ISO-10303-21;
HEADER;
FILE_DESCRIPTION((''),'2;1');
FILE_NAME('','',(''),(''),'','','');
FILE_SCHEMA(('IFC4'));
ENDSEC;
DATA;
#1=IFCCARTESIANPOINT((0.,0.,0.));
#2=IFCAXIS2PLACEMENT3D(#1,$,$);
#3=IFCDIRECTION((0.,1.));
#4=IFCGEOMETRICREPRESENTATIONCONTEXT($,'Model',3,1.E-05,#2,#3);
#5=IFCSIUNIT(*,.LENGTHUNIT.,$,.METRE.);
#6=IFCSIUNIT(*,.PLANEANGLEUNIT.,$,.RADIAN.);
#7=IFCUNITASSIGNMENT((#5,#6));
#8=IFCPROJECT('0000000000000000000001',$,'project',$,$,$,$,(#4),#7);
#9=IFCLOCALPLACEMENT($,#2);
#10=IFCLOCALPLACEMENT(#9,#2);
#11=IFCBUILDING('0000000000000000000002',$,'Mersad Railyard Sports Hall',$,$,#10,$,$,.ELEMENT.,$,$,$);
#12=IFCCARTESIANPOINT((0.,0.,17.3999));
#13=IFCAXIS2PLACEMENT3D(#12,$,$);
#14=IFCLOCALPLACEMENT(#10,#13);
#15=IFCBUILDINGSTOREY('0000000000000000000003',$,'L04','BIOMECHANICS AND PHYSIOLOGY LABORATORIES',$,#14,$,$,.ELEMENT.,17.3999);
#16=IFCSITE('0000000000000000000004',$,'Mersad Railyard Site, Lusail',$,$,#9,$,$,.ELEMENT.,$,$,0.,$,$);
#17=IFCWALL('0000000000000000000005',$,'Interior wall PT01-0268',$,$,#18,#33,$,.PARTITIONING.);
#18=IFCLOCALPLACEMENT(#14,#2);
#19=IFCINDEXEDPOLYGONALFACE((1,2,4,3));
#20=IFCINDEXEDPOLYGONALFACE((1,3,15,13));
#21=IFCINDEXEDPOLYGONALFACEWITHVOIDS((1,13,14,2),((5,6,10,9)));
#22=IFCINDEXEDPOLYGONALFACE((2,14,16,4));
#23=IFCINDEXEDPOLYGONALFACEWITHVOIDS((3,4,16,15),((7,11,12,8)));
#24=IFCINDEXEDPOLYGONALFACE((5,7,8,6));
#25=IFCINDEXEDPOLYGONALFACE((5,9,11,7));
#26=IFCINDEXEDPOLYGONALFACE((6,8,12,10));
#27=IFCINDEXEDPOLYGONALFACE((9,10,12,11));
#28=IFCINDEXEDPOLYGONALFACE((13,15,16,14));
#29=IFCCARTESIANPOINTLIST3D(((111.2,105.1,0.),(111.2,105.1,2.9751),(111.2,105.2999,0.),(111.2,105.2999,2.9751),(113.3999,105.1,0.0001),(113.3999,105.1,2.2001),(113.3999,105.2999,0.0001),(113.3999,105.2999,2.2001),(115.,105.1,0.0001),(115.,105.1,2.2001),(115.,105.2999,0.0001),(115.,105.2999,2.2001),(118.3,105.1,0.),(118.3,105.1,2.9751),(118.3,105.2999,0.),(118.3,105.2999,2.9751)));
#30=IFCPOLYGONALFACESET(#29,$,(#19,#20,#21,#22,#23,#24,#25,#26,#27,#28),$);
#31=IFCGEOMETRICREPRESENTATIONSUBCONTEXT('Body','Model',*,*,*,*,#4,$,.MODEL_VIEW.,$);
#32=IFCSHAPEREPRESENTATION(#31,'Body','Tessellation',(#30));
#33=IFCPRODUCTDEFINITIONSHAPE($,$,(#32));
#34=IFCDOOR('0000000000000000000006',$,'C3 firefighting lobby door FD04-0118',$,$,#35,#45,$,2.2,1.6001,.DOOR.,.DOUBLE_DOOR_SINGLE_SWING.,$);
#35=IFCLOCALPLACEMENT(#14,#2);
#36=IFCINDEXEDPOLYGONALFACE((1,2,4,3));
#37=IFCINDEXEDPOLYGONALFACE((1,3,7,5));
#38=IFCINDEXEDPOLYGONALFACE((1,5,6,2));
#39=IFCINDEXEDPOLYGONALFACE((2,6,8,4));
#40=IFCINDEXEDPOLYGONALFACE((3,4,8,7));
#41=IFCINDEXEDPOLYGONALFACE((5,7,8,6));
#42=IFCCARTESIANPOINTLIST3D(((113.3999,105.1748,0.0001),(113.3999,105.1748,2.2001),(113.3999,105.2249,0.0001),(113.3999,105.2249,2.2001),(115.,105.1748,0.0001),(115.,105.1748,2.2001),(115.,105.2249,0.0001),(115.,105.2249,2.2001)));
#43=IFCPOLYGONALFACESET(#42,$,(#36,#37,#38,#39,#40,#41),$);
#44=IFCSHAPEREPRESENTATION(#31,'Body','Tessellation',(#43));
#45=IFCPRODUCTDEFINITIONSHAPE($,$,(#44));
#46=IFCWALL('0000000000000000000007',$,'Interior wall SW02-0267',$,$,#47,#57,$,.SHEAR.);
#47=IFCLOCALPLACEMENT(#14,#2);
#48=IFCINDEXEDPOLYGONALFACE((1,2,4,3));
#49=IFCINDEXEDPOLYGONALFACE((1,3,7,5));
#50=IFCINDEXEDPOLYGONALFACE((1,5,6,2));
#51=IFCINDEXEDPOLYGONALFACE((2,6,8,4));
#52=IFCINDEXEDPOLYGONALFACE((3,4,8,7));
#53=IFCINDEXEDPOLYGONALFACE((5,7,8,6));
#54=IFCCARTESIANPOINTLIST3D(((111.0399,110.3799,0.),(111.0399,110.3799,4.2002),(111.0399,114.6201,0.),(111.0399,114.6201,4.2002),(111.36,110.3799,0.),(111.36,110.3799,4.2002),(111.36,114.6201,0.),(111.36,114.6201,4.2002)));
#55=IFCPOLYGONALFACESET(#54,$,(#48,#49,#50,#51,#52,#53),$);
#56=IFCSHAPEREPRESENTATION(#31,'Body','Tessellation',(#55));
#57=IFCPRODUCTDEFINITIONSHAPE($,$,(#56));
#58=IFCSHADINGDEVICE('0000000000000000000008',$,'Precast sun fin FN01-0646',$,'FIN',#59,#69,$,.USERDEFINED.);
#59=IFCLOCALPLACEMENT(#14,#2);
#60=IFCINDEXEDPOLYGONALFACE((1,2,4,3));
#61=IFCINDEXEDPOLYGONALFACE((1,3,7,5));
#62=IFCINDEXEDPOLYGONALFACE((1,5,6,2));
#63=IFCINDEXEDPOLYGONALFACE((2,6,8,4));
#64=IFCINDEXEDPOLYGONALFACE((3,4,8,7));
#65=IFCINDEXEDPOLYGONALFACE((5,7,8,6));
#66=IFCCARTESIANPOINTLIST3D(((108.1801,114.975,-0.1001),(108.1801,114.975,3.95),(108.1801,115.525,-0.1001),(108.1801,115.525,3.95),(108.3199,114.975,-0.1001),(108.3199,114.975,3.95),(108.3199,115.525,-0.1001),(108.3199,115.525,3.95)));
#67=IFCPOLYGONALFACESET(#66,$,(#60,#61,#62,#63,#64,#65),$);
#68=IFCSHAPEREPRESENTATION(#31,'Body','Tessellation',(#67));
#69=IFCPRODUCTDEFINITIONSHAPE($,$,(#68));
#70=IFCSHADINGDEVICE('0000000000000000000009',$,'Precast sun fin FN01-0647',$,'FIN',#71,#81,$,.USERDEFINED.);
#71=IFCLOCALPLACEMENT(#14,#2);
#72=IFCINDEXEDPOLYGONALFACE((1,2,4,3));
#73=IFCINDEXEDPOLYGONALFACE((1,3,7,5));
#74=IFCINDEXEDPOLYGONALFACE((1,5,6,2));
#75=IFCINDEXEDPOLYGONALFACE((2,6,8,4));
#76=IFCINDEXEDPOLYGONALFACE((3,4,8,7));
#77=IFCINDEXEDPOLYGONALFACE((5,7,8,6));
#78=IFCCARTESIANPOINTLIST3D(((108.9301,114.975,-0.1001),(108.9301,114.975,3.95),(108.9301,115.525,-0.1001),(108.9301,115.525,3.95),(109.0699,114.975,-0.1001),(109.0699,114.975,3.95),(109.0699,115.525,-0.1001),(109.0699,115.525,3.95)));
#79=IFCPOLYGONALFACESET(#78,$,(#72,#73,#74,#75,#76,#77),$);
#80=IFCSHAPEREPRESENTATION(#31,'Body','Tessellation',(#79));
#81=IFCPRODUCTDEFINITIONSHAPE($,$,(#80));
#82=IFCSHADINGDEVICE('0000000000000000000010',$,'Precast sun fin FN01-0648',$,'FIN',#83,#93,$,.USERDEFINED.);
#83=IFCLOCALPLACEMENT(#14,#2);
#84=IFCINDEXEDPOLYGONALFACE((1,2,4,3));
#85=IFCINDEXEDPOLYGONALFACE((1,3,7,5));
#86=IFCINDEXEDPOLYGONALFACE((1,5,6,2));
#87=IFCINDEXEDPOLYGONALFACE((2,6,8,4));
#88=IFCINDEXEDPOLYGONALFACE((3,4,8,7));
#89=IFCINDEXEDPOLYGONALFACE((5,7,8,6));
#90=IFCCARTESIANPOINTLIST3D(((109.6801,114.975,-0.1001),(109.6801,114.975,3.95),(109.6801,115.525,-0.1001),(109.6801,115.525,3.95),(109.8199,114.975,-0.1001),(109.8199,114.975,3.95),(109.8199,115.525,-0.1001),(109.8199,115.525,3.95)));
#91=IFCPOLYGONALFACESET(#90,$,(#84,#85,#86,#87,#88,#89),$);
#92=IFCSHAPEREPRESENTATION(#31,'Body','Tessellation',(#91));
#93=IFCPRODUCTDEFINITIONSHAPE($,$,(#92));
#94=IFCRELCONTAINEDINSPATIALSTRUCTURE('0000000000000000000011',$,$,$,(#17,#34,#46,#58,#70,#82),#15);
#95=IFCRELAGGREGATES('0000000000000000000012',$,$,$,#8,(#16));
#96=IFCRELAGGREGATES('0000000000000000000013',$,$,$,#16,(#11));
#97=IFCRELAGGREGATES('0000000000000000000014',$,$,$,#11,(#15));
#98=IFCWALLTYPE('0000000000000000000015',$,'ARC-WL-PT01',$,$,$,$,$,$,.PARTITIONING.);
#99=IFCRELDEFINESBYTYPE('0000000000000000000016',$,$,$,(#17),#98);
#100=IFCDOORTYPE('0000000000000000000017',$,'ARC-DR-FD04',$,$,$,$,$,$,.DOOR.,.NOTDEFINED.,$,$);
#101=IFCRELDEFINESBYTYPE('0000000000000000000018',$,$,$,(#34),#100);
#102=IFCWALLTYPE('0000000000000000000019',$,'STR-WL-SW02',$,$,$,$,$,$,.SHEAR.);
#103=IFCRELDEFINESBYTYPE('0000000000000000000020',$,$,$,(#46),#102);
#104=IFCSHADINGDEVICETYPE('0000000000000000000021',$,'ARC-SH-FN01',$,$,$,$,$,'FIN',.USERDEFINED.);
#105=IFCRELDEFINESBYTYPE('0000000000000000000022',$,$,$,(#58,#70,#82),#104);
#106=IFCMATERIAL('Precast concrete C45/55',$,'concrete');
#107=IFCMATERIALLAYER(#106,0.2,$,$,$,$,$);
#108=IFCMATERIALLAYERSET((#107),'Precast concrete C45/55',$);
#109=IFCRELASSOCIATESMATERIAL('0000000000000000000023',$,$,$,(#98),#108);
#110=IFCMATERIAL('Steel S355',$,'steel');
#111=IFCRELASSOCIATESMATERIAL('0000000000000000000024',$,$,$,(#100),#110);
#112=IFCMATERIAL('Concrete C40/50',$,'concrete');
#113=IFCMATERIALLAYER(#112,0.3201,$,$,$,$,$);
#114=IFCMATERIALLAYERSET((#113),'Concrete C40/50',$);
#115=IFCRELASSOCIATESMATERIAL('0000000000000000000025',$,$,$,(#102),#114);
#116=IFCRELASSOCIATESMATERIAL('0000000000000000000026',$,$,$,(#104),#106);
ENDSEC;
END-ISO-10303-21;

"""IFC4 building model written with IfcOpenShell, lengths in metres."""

from ifc_helpers import new_model, si_unit, direction, frame, frame_2d, origin, origin_2d, place, context, subcontext, project, spatial, rectangle, extrude, material, layer, layer_set, type_object, element, fill, save


model = new_model("IFC4")

# Units and contexts
model_context = context("Model", 3, precision=1e-05, world=origin(), true_north=direction((0.0, 1.0)))
body_context = subcontext(model_context, "Body", "Model", "MODEL_VIEW")
ifc_project = project(units=[si_unit("LENGTHUNIT", "METRE"), si_unit("PLANEANGLEUNIT", "RADIAN")], contexts=[model_context])

# Site, building, storey
site_placement = place(None, origin())
site = spatial("IfcSite", under=ifc_project, at=site_placement, Name="Mersad Railyard Site, Lusail", CompositionType="ELEMENT", RefElevation=0.0)
building_placement = place(site_placement, origin())
building = spatial("IfcBuilding", under=site, at=building_placement, Name="Mersad Railyard Sports Hall", CompositionType="ELEMENT")
storey_placement = place(building_placement, frame((0.0, 0.0, 17.3999)))
storey = spatial("IfcBuildingStorey", under=building, at=storey_placement, Name="L04", Description="BIOMECHANICS AND PHYSIOLOGY LABORATORIES", CompositionType="ELEMENT", Elevation=17.3999)

# Shared definitions
ifc_material_1 = material(Name="Concrete C40/50", Category="concrete")

# Shared definitions
ifc_material_2 = material(Name="Steel S355", Category="steel")

# Wall, opening, door
ifc_material_3 = material(Name="Precast concrete C45/55", Category="concrete")
ifc_layer_1 = layer(ifc_material_3, 0.2)
ifc_layer_set_1 = layer_set([ifc_layer_1], Name="Precast concrete C45/55")
wall_type_1 = type_object("IfcWallType", Name="ARC-WL-PT01", PredefinedType="PARTITIONING", material=ifc_layer_set_1)
wall_1_placement = place(storey_placement, frame((111.2, 105.2, 0.0), z_axis=(0.0, 0.0, 1.0), x_axis=(1.0, 0.0, 0.0)))
wall_1 = element("IfcWall", 1, at=wall_1_placement, inside=storey, type_object=wall_type_1, Name="Interior wall PT01-0268", PredefinedType="PARTITIONING", context=body_context, shape_type="SweptSolid", body=[
    extrude(rectangle(XDim=7.1001, YDim=0.2, at=frame_2d((3.55, 0.0))), origin(), (0.0, 0.0, 1.0), 2.9751),
])
opening_1_placement = place(wall_1_placement, frame((2.2, 0.0, 0.0)))
opening_1 = element("IfcOpeningElement", 2, at=opening_1_placement, cuts=wall_1, PredefinedType="OPENING", context=body_context, shape_type="SweptSolid", body=[
    extrude(rectangle(XDim=1.6001, YDim=2.2, at=frame_2d((0.8, 1.1001))), frame((0.0, 0.1099, 0.0), z_axis=(0.0, -1.0, 0.0), x_axis=(1.0, 0.0, 0.0)), (0.0, 0.0, 1.0), 0.22),
])
door_type_1 = type_object("IfcDoorType", Name="ARC-DR-FD04", OperationType="NOTDEFINED", PredefinedType="DOOR", material=ifc_material_2)
door_1_placement = place(opening_1_placement, origin())
door_1 = element("IfcDoor", 3, at=door_1_placement, inside=storey, type_object=door_type_1, Name="C3 firefighting lobby door FD04-0118", OperationType="DOUBLE_DOOR_SINGLE_SWING", OverallHeight=2.2, OverallWidth=1.6001, PredefinedType="DOOR", context=body_context, shape_type="SweptSolid", body=[
    extrude(rectangle(XDim=1.6001, YDim=2.2, at=frame_2d((0.8, 1.1001))), frame((0.0, 0.0249, 0.0), z_axis=(0.0, -1.0, 0.0), x_axis=(1.0, 0.0, 0.0)), (0.0, 0.0, 1.0), 0.05),
])
fill(opening_1, door_1)
ifc_layer_2 = layer(ifc_material_1, 0.3201)
ifc_layer_set_2 = layer_set([ifc_layer_2], Name="Concrete C40/50")
wall_type_2 = type_object("IfcWallType", Name="STR-WL-SW02", PredefinedType="SHEAR", material=ifc_layer_set_2)

# Wall
wall_2_placement = place(storey_placement, frame((111.2, 114.6201, 0.0), z_axis=(0.0, 0.0, 1.0), x_axis=(0.0, -1.0, 0.0)))
element("IfcWall", 4, at=wall_2_placement, inside=storey, type_object=wall_type_2, Name="Interior wall SW02-0267", PredefinedType="SHEAR", context=body_context, shape_type="SweptSolid", body=[
    extrude(rectangle(XDim=4.2402, YDim=0.3201, at=frame_2d((2.1201, 0.0))), origin(), (0.0, 0.0, 1.0), 4.2002),
])

# Shading devices
shading_device_type = type_object("IfcShadingDeviceType", Name="ARC-SH-FN01", ElementType="FIN", PredefinedType="USERDEFINED", material=ifc_material_3)
for number, where, z_axis, x_axis, name in (
    (5, (108.25, 115.25, -0.1001), (0.0, 0.0, 1.0), (1.0, 0.0, 0.0), "Precast sun fin FN01-0646"),
    (6, (109.0, 115.25, -0.1001), (0.0, 0.0, 1.0), (1.0, 0.0, 0.0), "Precast sun fin FN01-0647"),
    (7, (109.75, 115.25, -0.1001), (0.0, 0.0, 1.0), (1.0, 0.0, 0.0), "Precast sun fin FN01-0648"),
):
    element("IfcShadingDevice", number, at=place(storey_placement, frame(where, z_axis=z_axis, x_axis=x_axis)), inside=storey, type_object=shading_device_type, Name=name, ObjectType="FIN", PredefinedType="USERDEFINED", context=body_context, shape_type="SweptSolid", body=[
        extrude(rectangle(XDim=0.1399, YDim=0.55, at=origin_2d()), origin(), (0.0, 0.0, 1.0), 4.05),
    ])

save(model, "model.ifc")
